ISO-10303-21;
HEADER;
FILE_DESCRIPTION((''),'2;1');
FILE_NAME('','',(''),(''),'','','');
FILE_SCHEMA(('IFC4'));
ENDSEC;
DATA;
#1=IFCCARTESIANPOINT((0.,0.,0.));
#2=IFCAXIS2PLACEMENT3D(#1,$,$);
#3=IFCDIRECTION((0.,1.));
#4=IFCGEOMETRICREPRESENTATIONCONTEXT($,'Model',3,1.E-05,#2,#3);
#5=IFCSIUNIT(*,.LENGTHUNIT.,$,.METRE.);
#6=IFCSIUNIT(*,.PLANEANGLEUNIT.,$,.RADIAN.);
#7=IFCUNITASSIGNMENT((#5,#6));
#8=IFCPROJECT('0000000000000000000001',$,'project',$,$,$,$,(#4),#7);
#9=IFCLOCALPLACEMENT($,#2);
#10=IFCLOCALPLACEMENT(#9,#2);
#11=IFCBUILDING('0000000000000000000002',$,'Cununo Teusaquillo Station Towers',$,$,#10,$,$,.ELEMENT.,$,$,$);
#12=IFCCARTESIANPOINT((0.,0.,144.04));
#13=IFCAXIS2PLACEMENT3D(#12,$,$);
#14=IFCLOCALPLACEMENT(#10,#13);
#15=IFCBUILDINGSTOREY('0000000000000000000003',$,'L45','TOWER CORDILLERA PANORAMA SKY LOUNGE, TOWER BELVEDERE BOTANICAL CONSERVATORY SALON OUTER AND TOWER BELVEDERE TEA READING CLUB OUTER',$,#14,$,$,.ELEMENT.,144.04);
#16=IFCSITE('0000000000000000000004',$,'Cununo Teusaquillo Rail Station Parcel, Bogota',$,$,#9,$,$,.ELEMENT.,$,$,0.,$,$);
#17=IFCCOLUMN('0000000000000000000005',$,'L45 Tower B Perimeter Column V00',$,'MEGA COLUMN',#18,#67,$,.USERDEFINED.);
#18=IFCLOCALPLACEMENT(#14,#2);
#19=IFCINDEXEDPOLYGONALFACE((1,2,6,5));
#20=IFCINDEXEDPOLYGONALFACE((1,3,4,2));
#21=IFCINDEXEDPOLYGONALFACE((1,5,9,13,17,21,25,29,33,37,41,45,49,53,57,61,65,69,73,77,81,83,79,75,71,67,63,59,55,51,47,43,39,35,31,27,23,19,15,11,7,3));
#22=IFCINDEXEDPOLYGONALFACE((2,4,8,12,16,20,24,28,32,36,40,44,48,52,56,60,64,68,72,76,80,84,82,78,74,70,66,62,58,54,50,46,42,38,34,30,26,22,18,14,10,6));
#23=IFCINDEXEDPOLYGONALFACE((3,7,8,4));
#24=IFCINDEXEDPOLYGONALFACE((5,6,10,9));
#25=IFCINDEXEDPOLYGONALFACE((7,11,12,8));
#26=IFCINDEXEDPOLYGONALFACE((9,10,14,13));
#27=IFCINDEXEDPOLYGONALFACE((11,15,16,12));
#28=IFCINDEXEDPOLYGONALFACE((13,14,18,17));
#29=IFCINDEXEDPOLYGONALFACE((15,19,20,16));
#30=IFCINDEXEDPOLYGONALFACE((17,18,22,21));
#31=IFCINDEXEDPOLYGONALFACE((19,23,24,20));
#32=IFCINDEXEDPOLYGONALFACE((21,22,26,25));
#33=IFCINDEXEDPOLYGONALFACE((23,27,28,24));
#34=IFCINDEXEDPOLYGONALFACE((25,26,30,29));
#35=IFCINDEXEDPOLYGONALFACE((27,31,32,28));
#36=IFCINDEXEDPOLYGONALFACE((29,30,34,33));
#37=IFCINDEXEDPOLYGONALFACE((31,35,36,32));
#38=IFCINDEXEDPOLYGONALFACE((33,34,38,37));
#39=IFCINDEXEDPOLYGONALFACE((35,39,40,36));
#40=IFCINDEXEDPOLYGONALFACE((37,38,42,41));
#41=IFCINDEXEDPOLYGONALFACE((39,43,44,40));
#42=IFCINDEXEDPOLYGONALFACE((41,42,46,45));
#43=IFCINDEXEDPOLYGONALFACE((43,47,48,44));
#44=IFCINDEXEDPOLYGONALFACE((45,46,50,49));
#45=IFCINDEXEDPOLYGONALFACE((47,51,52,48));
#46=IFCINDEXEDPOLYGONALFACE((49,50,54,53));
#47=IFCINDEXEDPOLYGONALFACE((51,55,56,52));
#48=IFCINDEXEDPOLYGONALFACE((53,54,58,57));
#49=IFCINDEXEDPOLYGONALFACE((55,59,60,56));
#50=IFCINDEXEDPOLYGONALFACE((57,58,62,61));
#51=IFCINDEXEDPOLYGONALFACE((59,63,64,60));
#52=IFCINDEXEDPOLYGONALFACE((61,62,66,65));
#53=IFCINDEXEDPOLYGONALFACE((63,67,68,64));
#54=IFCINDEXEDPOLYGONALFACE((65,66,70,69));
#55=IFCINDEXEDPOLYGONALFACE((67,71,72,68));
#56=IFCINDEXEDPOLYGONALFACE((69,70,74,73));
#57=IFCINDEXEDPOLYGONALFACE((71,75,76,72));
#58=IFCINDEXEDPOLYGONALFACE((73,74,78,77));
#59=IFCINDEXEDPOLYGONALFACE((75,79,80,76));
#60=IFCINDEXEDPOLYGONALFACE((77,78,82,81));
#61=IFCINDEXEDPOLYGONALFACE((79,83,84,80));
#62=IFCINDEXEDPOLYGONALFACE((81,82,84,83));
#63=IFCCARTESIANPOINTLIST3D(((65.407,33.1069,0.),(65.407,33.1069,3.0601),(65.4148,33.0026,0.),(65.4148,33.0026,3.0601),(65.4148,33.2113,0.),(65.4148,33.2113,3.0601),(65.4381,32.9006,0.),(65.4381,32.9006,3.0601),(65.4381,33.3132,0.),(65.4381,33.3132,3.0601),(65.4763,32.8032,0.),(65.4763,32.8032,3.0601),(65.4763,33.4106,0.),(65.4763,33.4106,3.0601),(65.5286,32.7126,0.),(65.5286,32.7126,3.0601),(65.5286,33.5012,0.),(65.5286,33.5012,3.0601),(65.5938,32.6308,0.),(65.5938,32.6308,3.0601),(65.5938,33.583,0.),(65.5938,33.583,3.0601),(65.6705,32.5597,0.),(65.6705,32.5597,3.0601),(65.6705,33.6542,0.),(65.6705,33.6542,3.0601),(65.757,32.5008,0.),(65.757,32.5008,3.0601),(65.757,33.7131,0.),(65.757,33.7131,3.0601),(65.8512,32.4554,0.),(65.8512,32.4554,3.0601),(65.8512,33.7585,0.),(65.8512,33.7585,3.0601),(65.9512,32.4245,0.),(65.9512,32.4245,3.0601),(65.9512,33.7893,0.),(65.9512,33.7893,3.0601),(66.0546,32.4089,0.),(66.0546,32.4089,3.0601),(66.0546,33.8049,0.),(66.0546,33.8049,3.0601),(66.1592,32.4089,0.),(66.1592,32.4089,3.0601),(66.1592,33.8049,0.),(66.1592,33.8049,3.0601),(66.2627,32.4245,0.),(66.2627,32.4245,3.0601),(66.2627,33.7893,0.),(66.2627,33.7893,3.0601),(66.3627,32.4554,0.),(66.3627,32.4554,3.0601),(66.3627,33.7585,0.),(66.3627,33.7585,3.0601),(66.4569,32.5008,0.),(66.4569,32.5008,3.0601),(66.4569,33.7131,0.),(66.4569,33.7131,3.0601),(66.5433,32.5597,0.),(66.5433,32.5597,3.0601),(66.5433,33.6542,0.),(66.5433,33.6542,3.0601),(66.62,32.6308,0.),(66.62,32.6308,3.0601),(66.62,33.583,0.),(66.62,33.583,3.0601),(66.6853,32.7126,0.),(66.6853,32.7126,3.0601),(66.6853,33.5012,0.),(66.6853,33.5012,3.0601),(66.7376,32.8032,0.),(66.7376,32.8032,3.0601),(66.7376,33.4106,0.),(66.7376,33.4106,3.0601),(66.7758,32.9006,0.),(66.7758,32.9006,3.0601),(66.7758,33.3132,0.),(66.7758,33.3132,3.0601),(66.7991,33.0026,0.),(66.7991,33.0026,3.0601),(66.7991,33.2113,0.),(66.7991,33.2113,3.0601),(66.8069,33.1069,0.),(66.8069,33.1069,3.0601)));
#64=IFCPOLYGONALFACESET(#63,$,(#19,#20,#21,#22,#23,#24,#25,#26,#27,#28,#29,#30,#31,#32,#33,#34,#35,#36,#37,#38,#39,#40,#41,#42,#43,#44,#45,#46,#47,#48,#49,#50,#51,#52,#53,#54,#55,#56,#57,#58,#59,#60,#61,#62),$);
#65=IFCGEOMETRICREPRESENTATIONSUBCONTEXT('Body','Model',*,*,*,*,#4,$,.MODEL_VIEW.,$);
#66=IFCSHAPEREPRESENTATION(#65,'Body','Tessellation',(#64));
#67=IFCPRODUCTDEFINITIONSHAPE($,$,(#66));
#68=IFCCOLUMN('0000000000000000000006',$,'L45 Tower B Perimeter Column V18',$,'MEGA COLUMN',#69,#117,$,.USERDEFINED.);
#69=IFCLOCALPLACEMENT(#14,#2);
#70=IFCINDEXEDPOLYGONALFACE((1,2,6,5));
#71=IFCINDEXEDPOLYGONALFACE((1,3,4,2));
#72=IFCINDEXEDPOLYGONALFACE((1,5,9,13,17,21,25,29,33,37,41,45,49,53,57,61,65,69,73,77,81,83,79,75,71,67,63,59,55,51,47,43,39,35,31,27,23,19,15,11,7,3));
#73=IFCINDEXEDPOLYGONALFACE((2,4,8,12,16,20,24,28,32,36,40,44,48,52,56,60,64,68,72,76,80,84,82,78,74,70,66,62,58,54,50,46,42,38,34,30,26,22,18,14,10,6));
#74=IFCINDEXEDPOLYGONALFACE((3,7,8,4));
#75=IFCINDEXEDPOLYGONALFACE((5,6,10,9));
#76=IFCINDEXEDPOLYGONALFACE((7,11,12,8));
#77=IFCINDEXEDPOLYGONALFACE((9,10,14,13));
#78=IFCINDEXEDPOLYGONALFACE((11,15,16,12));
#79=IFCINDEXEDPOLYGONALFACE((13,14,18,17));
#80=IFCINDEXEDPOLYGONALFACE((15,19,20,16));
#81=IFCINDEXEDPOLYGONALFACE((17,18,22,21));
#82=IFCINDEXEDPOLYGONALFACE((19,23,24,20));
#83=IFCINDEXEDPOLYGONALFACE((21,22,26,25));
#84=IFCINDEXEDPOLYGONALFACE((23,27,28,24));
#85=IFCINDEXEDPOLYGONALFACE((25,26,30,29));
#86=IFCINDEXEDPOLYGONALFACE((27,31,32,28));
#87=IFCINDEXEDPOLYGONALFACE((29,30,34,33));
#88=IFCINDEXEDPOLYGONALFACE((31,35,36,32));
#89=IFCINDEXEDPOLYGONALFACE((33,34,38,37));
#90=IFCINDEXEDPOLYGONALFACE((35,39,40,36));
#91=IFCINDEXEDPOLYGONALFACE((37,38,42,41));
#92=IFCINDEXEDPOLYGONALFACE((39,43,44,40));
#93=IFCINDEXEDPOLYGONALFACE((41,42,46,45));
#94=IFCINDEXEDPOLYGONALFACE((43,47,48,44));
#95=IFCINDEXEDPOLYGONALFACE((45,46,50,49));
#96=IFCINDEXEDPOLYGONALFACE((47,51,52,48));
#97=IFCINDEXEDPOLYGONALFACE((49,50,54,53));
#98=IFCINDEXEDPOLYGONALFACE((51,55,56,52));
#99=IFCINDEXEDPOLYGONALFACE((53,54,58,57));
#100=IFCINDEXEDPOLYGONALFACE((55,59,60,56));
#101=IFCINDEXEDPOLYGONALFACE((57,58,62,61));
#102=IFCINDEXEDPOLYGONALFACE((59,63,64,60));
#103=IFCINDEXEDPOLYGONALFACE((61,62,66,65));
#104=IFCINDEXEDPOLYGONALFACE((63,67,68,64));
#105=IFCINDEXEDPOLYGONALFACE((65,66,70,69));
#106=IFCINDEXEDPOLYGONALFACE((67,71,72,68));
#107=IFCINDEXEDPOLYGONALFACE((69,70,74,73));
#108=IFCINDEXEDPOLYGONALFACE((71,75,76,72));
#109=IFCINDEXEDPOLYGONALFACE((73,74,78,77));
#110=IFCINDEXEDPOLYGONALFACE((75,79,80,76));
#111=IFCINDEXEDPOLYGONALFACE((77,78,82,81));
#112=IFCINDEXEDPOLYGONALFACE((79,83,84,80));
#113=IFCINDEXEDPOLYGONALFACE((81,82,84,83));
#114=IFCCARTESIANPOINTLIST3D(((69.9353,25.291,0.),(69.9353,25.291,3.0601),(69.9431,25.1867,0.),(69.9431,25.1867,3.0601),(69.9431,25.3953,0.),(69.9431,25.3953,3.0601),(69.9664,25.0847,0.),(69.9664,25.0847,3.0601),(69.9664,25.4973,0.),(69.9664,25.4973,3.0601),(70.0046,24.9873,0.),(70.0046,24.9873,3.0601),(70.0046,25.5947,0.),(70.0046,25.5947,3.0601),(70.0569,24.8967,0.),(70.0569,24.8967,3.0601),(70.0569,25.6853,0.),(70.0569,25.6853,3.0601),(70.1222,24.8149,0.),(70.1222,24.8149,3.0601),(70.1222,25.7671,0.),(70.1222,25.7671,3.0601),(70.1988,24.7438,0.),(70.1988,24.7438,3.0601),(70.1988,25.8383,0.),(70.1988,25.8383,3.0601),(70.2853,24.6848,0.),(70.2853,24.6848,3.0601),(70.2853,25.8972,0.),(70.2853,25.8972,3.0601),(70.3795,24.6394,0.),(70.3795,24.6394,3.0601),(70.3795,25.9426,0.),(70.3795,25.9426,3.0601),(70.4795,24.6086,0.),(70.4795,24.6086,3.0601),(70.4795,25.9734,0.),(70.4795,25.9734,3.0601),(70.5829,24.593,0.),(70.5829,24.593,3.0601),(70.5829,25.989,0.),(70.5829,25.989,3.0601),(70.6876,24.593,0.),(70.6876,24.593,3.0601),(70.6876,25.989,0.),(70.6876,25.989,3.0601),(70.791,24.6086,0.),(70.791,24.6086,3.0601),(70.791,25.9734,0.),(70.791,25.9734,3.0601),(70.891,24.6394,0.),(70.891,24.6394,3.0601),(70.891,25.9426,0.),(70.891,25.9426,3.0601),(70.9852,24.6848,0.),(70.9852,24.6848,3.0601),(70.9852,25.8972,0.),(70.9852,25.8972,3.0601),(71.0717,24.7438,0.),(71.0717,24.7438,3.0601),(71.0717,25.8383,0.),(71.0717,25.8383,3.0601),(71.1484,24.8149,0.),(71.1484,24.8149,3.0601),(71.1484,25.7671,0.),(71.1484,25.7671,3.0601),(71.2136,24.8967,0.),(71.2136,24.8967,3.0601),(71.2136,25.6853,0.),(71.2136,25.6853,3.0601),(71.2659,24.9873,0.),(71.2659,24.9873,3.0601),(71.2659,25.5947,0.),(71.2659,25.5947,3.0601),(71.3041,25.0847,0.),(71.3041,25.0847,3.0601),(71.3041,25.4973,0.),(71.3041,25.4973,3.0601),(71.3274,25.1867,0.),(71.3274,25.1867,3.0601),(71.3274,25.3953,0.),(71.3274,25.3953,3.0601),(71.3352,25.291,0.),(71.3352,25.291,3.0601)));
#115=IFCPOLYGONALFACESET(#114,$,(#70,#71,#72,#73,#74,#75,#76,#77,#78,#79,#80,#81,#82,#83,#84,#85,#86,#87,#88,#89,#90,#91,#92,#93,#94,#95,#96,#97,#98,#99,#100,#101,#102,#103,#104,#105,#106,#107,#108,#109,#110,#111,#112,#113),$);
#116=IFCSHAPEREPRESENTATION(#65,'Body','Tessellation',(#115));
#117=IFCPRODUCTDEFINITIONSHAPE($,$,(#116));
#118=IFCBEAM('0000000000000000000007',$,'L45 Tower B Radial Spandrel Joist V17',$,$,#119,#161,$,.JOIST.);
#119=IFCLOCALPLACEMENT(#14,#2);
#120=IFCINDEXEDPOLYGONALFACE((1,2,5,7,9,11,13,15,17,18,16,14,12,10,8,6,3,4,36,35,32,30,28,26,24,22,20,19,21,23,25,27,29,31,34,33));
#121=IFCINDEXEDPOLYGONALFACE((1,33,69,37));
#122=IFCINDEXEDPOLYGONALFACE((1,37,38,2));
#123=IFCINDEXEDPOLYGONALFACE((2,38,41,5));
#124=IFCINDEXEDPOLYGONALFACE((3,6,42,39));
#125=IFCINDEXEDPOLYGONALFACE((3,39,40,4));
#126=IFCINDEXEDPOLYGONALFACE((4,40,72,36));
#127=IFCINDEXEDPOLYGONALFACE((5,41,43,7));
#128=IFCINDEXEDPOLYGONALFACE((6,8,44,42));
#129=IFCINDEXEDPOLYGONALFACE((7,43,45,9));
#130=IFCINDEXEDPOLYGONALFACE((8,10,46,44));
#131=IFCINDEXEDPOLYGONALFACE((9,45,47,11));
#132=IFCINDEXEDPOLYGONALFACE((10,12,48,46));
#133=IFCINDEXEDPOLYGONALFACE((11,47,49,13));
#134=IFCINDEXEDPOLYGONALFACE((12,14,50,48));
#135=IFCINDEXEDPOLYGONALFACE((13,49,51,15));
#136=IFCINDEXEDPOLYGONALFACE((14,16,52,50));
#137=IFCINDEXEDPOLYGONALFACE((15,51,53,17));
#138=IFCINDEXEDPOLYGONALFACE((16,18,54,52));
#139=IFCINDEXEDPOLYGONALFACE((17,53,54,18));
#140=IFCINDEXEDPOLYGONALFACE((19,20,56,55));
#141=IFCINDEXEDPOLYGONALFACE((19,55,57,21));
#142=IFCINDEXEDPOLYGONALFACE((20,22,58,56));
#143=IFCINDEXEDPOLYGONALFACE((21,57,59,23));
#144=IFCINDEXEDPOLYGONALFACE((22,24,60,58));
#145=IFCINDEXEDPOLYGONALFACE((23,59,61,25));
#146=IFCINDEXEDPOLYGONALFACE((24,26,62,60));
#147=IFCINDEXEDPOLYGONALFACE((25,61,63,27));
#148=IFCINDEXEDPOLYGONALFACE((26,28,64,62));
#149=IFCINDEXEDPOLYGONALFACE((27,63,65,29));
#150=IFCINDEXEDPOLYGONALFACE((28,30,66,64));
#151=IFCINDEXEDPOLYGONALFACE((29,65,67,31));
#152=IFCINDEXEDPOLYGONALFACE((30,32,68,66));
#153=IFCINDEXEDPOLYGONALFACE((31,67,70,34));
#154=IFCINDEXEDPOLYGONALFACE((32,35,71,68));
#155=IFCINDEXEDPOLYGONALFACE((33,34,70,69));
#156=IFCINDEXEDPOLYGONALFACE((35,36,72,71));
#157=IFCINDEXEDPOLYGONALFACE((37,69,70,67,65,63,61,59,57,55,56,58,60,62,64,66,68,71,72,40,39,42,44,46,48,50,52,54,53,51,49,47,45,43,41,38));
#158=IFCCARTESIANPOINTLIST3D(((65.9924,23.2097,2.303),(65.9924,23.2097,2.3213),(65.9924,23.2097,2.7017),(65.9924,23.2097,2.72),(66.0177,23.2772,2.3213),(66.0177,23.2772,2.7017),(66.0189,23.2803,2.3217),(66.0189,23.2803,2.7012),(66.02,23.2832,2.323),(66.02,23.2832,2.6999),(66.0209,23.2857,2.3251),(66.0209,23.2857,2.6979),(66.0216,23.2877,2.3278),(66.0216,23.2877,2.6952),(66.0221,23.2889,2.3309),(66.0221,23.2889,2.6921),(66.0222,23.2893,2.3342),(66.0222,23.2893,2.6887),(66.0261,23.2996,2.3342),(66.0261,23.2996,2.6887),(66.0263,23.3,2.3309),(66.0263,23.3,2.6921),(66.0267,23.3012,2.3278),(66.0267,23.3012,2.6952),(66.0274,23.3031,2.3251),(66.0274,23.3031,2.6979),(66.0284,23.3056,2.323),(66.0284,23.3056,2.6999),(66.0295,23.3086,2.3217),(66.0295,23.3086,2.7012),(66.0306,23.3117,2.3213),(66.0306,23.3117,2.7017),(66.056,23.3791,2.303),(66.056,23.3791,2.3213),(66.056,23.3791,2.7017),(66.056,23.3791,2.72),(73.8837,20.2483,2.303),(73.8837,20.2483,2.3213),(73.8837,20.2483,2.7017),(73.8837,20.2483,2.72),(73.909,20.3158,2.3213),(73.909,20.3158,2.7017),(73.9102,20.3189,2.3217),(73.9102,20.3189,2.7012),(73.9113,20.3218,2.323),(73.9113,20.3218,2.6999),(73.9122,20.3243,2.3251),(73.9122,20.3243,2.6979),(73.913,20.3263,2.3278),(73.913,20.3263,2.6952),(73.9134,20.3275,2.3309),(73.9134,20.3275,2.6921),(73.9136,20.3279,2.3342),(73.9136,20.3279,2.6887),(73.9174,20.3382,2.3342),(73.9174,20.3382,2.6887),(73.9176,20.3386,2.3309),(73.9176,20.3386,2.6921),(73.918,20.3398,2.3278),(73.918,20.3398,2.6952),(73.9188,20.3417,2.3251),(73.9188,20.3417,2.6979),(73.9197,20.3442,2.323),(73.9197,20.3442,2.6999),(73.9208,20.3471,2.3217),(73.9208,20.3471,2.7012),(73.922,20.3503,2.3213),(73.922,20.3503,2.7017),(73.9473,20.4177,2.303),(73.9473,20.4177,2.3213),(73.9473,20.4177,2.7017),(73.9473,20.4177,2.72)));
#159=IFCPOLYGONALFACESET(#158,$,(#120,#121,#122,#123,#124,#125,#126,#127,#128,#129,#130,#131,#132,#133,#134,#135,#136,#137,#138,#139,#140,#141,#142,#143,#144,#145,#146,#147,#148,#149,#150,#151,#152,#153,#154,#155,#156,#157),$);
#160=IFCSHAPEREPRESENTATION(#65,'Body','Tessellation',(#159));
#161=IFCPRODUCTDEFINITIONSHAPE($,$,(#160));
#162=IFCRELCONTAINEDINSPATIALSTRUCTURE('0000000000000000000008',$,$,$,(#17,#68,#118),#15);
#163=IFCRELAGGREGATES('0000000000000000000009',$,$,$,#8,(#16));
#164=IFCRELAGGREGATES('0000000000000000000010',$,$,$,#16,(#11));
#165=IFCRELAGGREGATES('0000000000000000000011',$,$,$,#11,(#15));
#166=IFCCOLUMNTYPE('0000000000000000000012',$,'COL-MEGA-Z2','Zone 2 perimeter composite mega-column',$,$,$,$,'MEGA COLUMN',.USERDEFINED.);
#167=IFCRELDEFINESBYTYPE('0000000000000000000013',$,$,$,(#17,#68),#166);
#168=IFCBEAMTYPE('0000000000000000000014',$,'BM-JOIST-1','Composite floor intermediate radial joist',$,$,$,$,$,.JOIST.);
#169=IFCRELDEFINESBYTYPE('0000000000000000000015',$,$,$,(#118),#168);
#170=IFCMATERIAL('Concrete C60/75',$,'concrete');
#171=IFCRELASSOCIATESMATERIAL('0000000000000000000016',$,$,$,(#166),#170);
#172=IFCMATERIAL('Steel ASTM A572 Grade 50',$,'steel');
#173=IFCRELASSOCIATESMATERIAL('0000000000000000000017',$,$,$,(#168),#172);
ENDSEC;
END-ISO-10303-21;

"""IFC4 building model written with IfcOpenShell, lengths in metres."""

from ifc_helpers import new_model, si_unit, direction, frame, origin, origin_2d, place, context, subcontext, project, spatial, circle, i_section, extrude, material, material_profile, profile_set, type_object, element, save


model = new_model("IFC4")

# Units and contexts
model_context = context("Model", 3, precision=1e-05, world=origin(), true_north=direction((0.0, 1.0)))
body_context = subcontext(model_context, "Body", "Model", "MODEL_VIEW")
ifc_project = project(units=[si_unit("LENGTHUNIT", "METRE"), si_unit("PLANEANGLEUNIT", "RADIAN")], contexts=[model_context])

# Site, building, storey
site_placement = place(None, origin())
site = spatial("IfcSite", under=ifc_project, at=site_placement, Name="Cununo Teusaquillo Rail Station Parcel, Bogota", CompositionType="ELEMENT", RefElevation=0.0)
building_placement = place(site_placement, origin())
building = spatial("IfcBuilding", under=site, at=building_placement, Name="Cununo Teusaquillo Station Towers", CompositionType="ELEMENT")
storey_placement = place(building_placement, frame((0.0, 0.0, 144.04)))
storey = spatial("IfcBuildingStorey", under=building, at=storey_placement, Name="L45", Description="TOWER CORDILLERA PANORAMA SKY LOUNGE, TOWER BELVEDERE BOTANICAL CONSERVATORY SALON OUTER AND TOWER BELVEDERE TEA READING CLUB OUTER", CompositionType="ELEMENT", Elevation=144.04)

# Columns
ifc_material_1 = material(Name="Concrete C60/75", Category="concrete")
ifc_material_profile_1 = material_profile(ifc_material_1, circle(Radius=0.7, at=origin_2d()), Name="RC-CIRC-1400")
ifc_profile_set_1 = profile_set([ifc_material_profile_1], Name="Concrete C60/75")
column_type = type_object("IfcColumnType", Name="COL-MEGA-Z2", Description="Zone 2 perimeter composite mega-column", ElementType="MEGA COLUMN", PredefinedType="USERDEFINED", material=ifc_profile_set_1)
for number, where, z_axis, x_axis, name in (
    (1, (66.1069, 33.1069, 0.0), (0.0, 0.0, 1.0), (1.0, 0.0, 0.0), "L45 Tower B Perimeter Column V00"),
    (2, (70.6353, 25.291, 0.0), (0.0, 0.0, 1.0), (1.0, 0.0, 0.0), "L45 Tower B Perimeter Column V18"),
):
    element("IfcColumn", number, at=place(storey_placement, frame(where, z_axis=z_axis, x_axis=x_axis)), inside=storey, type_object=column_type, Name=name, ObjectType="MEGA COLUMN", PredefinedType="USERDEFINED", context=body_context, shape_type="SweptSolid", body=[
        extrude(circle(Radius=0.7, at=origin_2d()), origin(), (0.0, 0.0, 1.0), 3.0601),
    ])

# Beam
ifc_material_2 = material(Name="Steel ASTM A572 Grade 50", Category="steel")
ifc_material_profile_2 = material_profile(ifc_material_2, i_section(OverallWidth=0.1809, OverallDepth=0.417, WebThickness=0.011, FlangeThickness=0.0183, FilletRadius=0.0129, at=origin_2d()), Name="W16X57")
ifc_profile_set_2 = profile_set([ifc_material_profile_2], Name="Steel ASTM A572 Grade 50")
beam_type_1 = type_object("IfcBeamType", Name="BM-JOIST-1", Description="Composite floor intermediate radial joist", PredefinedType="JOIST", material=ifc_profile_set_2)
beam_1_placement = place(storey_placement, frame((66.0242, 23.2944, 2.5115), z_axis=(0.936245, -0.351349, 0.0), x_axis=(0.351349, 0.936245, 0.0)))
element("IfcBeam", 3, at=beam_1_placement, inside=storey, type_object=beam_type_1, Name="L45 Tower B Radial Spandrel Joist V17", PredefinedType="JOIST", context=body_context, shape_type="SweptSolid", body=[
    extrude(i_section(OverallWidth=0.1809, OverallDepth=0.417, WebThickness=0.011, FlangeThickness=0.0183, FilletRadius=0.0129, at=origin_2d()), origin(), (0.0, 0.0, 1.0), 8.4287),
])

save(model, "model.ifc")
